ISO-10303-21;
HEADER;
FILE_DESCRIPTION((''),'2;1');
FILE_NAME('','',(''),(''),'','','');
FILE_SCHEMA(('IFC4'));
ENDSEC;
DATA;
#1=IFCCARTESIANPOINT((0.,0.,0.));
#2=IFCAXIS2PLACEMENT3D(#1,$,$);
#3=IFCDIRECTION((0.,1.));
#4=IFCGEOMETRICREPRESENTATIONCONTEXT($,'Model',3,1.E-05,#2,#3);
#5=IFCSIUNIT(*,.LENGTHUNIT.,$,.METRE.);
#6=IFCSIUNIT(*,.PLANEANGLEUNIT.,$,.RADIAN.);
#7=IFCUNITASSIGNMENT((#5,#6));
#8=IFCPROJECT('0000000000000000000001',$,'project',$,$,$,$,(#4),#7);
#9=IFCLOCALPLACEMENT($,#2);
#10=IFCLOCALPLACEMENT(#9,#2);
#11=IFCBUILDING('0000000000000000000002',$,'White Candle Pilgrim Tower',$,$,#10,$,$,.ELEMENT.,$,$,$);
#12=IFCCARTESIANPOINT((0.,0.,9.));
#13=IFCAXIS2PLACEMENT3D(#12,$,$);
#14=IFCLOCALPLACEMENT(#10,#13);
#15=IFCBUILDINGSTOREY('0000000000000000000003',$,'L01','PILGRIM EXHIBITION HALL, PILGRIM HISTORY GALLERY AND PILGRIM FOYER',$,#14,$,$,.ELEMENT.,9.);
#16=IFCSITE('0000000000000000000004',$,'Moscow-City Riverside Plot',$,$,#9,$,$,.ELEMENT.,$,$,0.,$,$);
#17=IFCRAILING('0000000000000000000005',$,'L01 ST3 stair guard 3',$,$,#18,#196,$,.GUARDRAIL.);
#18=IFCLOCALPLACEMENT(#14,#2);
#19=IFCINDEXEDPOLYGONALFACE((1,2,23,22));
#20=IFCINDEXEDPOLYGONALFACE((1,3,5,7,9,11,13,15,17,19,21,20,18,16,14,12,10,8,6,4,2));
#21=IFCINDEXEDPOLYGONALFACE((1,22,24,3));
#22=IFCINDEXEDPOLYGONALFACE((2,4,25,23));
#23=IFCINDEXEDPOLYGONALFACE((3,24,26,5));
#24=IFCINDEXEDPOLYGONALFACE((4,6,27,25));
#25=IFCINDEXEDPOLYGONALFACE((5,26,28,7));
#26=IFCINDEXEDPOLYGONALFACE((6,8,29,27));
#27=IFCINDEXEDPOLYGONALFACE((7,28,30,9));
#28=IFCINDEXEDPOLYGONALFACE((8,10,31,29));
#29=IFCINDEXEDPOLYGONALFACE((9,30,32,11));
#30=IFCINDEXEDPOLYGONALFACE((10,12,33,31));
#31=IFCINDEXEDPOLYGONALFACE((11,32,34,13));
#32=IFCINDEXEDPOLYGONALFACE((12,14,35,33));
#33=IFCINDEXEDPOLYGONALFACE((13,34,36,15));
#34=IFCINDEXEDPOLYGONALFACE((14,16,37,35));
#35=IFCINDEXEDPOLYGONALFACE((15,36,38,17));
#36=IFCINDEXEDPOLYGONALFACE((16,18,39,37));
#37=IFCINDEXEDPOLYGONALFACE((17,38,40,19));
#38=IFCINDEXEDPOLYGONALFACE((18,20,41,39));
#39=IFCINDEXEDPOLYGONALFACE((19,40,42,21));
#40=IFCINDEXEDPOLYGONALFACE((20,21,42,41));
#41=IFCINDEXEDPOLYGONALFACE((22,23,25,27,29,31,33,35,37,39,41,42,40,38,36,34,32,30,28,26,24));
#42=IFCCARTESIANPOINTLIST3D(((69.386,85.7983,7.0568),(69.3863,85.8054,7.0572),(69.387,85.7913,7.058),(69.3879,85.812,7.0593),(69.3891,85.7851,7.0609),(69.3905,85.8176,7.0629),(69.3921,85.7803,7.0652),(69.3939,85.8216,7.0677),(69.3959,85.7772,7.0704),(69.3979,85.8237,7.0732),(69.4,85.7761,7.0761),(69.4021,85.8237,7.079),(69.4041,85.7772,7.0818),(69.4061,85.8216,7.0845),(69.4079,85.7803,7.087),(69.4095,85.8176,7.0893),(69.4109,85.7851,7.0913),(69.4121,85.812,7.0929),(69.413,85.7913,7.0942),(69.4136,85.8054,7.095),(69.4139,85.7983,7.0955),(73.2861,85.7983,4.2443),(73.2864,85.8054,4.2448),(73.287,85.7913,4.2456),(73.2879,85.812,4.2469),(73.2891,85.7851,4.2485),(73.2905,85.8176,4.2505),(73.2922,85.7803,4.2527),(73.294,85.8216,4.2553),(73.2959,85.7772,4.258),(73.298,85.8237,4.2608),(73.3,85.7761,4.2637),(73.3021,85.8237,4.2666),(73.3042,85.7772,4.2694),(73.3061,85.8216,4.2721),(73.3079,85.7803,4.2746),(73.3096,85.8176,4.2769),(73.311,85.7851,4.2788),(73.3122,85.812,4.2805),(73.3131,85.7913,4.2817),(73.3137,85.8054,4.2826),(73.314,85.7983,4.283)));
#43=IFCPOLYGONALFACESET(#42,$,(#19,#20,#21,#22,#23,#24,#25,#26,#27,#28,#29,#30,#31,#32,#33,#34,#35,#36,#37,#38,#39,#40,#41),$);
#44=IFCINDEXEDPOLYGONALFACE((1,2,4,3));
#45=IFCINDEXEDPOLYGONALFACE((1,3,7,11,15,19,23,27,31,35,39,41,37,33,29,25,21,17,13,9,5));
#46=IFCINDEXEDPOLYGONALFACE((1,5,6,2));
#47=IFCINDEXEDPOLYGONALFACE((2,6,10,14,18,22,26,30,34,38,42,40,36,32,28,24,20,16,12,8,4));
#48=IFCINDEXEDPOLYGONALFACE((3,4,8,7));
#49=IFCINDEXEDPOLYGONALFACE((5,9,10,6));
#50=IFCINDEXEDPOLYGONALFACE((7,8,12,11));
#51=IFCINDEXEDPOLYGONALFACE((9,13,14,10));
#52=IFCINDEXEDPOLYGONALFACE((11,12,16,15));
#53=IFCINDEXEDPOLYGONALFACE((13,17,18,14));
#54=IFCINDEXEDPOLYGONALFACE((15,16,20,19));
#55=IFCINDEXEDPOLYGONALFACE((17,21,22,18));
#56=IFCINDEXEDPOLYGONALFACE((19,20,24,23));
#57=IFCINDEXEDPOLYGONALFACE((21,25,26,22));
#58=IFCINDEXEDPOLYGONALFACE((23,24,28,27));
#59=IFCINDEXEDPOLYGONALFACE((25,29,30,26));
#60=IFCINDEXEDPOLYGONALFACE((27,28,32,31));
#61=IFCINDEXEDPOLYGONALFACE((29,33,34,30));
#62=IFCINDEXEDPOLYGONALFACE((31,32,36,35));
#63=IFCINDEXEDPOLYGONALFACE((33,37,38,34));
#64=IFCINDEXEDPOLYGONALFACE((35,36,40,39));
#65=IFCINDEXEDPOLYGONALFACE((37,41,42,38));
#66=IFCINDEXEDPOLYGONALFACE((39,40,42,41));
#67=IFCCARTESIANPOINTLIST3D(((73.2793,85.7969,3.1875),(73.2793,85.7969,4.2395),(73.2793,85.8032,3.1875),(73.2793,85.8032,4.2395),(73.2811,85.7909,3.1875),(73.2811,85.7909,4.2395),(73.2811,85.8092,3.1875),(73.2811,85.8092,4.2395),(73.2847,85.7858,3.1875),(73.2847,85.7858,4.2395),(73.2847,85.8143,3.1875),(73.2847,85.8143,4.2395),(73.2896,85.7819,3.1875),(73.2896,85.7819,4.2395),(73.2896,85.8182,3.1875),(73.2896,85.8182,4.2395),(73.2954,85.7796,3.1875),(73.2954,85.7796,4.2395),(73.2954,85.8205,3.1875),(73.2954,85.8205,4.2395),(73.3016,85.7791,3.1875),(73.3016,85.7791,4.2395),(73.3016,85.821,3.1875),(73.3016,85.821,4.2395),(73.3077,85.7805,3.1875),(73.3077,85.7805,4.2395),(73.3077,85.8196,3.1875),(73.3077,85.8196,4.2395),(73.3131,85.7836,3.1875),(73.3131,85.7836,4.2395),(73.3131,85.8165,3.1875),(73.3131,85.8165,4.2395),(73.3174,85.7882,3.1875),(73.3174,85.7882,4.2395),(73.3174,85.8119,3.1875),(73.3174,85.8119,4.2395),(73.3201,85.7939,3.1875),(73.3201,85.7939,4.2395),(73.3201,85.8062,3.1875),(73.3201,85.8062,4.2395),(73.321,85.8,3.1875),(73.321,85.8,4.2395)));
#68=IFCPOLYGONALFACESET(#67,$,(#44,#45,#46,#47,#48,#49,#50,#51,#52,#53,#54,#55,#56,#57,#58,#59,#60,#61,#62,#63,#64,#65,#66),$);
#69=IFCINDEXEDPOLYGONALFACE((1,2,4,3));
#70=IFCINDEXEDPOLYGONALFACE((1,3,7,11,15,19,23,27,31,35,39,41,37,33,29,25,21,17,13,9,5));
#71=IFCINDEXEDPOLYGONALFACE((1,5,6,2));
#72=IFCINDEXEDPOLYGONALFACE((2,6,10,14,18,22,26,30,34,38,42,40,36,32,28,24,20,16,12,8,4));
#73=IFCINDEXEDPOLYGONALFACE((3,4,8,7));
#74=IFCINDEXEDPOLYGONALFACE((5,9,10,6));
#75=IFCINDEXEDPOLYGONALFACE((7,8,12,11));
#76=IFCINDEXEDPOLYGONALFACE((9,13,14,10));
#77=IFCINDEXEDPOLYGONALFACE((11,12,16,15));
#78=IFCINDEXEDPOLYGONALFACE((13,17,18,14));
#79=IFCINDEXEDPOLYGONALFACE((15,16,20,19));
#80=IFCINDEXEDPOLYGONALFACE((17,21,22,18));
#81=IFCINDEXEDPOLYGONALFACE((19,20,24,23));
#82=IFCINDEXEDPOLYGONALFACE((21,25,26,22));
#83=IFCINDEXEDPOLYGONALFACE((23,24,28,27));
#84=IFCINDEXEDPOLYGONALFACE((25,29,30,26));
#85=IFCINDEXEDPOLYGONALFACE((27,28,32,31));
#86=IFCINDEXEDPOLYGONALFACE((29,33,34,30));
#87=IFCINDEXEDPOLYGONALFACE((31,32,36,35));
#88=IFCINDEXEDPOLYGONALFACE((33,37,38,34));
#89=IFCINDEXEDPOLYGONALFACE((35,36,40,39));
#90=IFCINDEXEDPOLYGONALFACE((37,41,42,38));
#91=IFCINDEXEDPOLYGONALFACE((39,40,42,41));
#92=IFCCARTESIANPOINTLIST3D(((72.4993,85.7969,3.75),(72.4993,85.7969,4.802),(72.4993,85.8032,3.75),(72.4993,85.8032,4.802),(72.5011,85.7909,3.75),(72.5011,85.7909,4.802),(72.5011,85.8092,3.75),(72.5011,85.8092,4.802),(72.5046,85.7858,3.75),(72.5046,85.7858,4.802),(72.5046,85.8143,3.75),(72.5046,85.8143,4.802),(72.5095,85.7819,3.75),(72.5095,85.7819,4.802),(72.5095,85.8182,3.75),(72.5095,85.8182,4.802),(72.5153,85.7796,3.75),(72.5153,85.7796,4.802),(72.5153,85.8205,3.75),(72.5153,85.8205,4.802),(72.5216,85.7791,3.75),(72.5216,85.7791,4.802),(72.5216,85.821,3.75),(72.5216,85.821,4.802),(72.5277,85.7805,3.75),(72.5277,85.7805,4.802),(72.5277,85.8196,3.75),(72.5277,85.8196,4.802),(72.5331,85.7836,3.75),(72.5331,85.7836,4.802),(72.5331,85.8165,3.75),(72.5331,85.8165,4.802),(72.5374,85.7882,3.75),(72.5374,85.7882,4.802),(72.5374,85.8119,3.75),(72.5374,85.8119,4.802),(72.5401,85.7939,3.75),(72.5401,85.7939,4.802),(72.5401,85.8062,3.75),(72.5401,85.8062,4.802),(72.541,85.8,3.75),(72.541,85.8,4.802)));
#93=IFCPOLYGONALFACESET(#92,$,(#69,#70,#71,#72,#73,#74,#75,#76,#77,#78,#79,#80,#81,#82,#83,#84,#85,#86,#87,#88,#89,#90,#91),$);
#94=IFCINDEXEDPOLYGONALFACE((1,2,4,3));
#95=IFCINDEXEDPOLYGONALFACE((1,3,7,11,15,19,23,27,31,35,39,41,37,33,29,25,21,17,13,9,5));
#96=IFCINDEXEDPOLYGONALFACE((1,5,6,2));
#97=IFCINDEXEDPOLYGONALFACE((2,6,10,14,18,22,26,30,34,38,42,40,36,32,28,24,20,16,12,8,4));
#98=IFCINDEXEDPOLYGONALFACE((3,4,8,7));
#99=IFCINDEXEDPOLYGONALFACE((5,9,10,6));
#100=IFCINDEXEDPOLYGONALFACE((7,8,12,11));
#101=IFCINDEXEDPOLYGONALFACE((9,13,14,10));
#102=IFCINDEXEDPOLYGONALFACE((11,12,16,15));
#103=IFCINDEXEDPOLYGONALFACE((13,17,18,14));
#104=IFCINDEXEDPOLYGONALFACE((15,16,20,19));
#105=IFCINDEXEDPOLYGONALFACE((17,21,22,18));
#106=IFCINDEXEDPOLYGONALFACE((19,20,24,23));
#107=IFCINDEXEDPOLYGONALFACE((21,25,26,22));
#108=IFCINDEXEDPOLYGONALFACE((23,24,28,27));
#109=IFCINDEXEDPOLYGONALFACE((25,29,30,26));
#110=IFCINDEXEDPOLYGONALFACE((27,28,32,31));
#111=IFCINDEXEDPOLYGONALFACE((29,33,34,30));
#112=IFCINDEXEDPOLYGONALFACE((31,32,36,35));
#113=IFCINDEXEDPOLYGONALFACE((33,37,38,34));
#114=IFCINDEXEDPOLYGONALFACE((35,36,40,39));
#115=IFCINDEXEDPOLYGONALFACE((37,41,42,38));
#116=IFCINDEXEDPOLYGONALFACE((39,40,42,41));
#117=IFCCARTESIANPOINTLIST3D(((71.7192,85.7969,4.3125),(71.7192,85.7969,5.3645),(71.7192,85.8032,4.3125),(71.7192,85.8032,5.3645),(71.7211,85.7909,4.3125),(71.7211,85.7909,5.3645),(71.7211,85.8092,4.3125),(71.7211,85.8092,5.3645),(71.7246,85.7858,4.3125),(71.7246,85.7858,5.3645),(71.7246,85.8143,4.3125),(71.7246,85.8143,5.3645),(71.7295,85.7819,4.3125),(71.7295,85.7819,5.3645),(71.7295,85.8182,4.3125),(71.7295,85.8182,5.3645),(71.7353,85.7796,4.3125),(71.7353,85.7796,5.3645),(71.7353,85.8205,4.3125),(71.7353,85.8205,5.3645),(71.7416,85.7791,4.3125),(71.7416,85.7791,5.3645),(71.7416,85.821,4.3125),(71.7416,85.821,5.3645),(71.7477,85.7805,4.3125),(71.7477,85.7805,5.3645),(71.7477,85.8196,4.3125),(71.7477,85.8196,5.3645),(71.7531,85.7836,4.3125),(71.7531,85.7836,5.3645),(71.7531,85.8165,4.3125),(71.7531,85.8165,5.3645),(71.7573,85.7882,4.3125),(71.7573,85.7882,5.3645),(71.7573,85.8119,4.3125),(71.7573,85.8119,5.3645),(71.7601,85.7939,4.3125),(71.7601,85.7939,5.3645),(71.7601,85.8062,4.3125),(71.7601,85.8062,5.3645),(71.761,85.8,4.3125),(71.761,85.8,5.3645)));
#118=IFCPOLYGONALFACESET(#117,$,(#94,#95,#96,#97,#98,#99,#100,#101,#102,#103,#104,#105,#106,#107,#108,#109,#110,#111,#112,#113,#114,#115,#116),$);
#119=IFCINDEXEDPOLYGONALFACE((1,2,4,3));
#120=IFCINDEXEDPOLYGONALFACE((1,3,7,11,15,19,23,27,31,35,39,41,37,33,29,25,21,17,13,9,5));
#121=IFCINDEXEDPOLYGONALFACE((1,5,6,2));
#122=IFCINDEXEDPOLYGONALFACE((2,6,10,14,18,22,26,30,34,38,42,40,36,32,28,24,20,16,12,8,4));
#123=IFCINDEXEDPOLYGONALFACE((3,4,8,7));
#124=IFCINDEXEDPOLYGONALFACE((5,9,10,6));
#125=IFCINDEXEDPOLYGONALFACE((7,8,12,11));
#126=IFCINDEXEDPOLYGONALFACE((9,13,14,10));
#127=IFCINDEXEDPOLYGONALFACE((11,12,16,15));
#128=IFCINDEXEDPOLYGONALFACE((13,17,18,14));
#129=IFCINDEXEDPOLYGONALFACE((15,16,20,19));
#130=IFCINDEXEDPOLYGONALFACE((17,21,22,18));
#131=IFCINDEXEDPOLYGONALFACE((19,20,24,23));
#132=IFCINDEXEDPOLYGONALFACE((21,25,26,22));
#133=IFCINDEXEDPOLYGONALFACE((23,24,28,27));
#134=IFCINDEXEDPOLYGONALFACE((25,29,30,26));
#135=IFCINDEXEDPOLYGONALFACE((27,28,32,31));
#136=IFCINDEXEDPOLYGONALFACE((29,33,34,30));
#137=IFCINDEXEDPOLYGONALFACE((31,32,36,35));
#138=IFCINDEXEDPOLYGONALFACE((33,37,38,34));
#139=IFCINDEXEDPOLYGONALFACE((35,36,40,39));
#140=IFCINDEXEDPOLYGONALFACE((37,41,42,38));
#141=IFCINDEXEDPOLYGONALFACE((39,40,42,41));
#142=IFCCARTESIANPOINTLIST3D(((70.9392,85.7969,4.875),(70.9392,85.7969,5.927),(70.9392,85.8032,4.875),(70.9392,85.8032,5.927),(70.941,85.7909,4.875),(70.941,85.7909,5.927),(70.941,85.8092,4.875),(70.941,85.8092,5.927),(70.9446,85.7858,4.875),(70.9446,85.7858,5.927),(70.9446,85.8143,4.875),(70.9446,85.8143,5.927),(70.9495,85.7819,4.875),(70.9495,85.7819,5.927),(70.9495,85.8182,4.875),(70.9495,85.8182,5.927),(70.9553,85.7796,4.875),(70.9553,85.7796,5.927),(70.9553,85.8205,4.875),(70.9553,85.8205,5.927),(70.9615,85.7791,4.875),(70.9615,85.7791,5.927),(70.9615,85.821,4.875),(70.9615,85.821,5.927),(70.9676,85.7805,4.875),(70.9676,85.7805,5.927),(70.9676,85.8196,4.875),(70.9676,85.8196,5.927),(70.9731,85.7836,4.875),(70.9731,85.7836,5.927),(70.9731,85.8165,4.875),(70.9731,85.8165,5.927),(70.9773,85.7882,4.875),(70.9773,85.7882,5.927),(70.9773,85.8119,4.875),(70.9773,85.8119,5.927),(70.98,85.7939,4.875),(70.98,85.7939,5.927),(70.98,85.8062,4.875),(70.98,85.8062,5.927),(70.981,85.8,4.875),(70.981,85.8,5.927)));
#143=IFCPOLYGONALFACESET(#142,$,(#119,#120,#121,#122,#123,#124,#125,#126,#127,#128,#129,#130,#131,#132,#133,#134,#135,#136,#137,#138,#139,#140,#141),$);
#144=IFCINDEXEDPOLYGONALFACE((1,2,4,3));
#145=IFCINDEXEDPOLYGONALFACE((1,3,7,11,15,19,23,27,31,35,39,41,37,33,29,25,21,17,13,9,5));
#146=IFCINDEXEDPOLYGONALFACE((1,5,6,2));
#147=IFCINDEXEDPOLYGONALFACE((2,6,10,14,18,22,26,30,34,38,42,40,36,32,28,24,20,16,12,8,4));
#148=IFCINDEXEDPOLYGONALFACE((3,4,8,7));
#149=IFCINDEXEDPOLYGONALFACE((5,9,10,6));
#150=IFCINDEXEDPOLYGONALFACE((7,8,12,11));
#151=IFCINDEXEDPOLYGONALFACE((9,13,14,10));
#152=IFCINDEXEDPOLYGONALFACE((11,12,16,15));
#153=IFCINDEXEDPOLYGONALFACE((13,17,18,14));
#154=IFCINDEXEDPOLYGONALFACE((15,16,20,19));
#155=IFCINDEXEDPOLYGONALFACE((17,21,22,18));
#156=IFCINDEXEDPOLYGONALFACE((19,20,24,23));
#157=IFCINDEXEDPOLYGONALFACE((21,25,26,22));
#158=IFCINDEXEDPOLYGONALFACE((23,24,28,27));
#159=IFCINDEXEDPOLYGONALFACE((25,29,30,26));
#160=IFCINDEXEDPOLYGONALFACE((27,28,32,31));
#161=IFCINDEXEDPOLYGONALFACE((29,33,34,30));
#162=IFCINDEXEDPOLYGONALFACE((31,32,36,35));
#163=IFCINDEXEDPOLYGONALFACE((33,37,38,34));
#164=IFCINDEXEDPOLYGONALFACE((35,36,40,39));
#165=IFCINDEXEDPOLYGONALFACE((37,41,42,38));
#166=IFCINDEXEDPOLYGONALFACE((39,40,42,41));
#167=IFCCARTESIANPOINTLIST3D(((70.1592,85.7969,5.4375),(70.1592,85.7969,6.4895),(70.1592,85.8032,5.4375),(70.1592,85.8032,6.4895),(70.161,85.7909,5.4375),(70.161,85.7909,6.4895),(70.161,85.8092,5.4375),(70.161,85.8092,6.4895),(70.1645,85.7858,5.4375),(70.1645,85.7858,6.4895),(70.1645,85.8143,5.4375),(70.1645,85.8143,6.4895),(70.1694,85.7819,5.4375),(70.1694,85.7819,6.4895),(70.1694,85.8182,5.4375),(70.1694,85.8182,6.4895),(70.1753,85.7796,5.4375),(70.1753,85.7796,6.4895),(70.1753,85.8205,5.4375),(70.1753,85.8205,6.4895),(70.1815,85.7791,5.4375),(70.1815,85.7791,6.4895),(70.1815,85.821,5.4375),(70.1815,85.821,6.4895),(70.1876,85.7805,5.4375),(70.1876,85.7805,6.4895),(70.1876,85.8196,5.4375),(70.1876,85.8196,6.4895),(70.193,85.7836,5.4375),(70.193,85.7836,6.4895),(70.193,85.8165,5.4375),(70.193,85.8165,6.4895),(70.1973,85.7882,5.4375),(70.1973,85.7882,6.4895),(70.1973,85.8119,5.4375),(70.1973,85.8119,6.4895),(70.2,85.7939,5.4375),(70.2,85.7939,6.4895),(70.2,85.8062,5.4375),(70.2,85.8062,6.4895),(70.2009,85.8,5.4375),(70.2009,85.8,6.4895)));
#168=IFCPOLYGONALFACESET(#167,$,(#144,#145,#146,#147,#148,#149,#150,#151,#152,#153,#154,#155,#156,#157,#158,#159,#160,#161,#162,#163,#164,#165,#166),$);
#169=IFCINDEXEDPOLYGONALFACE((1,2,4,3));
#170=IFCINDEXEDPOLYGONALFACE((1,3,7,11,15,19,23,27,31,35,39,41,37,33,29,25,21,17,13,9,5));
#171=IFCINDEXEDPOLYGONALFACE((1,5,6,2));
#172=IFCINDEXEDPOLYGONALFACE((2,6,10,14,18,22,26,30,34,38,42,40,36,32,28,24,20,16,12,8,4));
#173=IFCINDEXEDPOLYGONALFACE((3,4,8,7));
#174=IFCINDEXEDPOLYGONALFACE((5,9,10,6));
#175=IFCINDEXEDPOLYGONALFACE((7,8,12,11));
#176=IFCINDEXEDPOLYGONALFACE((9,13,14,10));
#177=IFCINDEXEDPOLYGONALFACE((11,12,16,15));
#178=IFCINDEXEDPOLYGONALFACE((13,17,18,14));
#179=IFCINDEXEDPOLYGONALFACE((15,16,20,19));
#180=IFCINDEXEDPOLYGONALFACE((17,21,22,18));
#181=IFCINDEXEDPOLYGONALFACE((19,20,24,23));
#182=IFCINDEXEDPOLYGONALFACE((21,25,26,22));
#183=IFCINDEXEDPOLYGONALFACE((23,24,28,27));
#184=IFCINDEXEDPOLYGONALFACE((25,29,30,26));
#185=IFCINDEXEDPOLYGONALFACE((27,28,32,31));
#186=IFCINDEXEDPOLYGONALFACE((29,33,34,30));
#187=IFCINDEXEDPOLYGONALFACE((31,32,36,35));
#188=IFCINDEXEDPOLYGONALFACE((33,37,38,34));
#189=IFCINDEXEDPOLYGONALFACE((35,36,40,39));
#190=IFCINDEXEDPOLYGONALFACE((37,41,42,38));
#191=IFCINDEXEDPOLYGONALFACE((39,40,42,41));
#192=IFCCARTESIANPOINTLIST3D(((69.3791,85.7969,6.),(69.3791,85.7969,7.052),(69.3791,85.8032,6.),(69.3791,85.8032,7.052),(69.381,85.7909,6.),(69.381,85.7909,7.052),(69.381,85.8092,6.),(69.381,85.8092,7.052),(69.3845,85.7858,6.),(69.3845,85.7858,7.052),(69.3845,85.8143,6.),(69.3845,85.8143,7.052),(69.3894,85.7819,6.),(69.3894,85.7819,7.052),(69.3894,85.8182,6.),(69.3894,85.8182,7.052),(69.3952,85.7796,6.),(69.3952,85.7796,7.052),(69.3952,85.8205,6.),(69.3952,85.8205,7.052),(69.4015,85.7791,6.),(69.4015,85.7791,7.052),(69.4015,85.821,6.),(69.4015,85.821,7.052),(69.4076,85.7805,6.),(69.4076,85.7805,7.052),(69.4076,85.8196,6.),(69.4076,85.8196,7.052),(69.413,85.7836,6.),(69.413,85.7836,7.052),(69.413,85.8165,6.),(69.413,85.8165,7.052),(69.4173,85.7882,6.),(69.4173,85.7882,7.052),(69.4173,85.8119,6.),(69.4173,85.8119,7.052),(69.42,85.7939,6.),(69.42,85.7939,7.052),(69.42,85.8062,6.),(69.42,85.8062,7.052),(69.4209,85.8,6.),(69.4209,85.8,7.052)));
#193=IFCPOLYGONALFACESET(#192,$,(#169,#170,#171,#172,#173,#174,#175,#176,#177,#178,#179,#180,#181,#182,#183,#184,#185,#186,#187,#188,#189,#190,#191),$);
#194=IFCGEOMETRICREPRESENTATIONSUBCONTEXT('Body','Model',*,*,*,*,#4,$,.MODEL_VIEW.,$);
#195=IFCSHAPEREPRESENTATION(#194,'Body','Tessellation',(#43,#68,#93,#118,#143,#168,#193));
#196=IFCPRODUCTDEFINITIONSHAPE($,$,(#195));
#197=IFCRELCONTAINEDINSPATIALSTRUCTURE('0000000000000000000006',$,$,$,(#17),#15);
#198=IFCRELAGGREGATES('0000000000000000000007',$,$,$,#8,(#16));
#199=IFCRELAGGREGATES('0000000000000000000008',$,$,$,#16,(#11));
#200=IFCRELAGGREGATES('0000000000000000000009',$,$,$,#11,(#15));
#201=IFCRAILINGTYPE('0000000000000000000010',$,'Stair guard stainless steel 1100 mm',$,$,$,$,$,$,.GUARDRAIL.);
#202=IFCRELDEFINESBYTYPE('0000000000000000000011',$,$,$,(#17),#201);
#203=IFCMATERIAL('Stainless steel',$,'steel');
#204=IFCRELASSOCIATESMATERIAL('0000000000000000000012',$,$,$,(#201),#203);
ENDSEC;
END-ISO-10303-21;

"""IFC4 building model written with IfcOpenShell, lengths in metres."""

from ifc_helpers import new_model, si_unit, direction, frame, origin, origin_2d, place, context, subcontext, project, spatial, circle, extrude, material, type_object, element, save


model = new_model("IFC4")

# Units and contexts
model_context = context("Model", 3, precision=1e-05, world=origin(), true_north=direction((0.0, 1.0)))
body_context = subcontext(model_context, "Body", "Model", "MODEL_VIEW")
ifc_project = project(units=[si_unit("LENGTHUNIT", "METRE"), si_unit("PLANEANGLEUNIT", "RADIAN")], contexts=[model_context])

# Site, building, storey
site_placement = place(None, origin())
site = spatial("IfcSite", under=ifc_project, at=site_placement, Name="Moscow-City Riverside Plot", CompositionType="ELEMENT", RefElevation=0.0)
building_placement = place(site_placement, origin())
building = spatial("IfcBuilding", under=site, at=building_placement, Name="White Candle Pilgrim Tower", CompositionType="ELEMENT")
storey_placement = place(building_placement, frame((0.0, 0.0, 9.0)))
storey = spatial("IfcBuildingStorey", under=building, at=storey_placement, Name="L01", Description="PILGRIM EXHIBITION HALL, PILGRIM HISTORY GALLERY AND PILGRIM FOYER", CompositionType="ELEMENT", Elevation=9.0)

# Railing
ifc_material_1 = material(Name="Stainless steel", Category="steel")
railing_type_1 = type_object("IfcRailingType", Name="Stair guard stainless steel 1100 mm", PredefinedType="GUARDRAIL", material=ifc_material_1)
railing_1_placement = place(storey_placement, frame((73.3, 85.8, 3.1875)))
element("IfcRailing", 1, at=railing_1_placement, inside=storey, type_object=railing_type_1, Name="L01 ST3 stair guard 3", PredefinedType="GUARDRAIL", context=body_context, shape_type="SweptSolid", body=[
    extrude(circle(Radius=0.0239, at=origin_2d()), frame((0.0, 0.0, 1.0762), z_axis=(-0.811101, 0.0, 0.584906), x_axis=(0.0, -1.0, 0.0)), (0.0, 0.0, 1.0), 4.8083),
    extrude(circle(Radius=0.021, at=origin_2d()), origin(), (0.0, 0.0, 1.0), 1.052),
    extrude(circle(Radius=0.021, at=origin_2d()), frame((-0.78, 0.0, 0.5625)), (0.0, 0.0, 1.0), 1.052),
    extrude(circle(Radius=0.021, at=origin_2d()), frame((-1.5601, 0.0, 1.125)), (0.0, 0.0, 1.0), 1.052),
    extrude(circle(Radius=0.021, at=origin_2d()), frame((-2.3401, 0.0, 1.6875)), (0.0, 0.0, 1.0), 1.052),
    extrude(circle(Radius=0.021, at=origin_2d()), frame((-3.1201, 0.0, 2.25)), (0.0, 0.0, 1.0), 1.052),
    extrude(circle(Radius=0.021, at=origin_2d()), frame((-3.9001, 0.0, 2.8125)), (0.0, 0.0, 1.0), 1.052),
])

save(model, "model.ifc")
